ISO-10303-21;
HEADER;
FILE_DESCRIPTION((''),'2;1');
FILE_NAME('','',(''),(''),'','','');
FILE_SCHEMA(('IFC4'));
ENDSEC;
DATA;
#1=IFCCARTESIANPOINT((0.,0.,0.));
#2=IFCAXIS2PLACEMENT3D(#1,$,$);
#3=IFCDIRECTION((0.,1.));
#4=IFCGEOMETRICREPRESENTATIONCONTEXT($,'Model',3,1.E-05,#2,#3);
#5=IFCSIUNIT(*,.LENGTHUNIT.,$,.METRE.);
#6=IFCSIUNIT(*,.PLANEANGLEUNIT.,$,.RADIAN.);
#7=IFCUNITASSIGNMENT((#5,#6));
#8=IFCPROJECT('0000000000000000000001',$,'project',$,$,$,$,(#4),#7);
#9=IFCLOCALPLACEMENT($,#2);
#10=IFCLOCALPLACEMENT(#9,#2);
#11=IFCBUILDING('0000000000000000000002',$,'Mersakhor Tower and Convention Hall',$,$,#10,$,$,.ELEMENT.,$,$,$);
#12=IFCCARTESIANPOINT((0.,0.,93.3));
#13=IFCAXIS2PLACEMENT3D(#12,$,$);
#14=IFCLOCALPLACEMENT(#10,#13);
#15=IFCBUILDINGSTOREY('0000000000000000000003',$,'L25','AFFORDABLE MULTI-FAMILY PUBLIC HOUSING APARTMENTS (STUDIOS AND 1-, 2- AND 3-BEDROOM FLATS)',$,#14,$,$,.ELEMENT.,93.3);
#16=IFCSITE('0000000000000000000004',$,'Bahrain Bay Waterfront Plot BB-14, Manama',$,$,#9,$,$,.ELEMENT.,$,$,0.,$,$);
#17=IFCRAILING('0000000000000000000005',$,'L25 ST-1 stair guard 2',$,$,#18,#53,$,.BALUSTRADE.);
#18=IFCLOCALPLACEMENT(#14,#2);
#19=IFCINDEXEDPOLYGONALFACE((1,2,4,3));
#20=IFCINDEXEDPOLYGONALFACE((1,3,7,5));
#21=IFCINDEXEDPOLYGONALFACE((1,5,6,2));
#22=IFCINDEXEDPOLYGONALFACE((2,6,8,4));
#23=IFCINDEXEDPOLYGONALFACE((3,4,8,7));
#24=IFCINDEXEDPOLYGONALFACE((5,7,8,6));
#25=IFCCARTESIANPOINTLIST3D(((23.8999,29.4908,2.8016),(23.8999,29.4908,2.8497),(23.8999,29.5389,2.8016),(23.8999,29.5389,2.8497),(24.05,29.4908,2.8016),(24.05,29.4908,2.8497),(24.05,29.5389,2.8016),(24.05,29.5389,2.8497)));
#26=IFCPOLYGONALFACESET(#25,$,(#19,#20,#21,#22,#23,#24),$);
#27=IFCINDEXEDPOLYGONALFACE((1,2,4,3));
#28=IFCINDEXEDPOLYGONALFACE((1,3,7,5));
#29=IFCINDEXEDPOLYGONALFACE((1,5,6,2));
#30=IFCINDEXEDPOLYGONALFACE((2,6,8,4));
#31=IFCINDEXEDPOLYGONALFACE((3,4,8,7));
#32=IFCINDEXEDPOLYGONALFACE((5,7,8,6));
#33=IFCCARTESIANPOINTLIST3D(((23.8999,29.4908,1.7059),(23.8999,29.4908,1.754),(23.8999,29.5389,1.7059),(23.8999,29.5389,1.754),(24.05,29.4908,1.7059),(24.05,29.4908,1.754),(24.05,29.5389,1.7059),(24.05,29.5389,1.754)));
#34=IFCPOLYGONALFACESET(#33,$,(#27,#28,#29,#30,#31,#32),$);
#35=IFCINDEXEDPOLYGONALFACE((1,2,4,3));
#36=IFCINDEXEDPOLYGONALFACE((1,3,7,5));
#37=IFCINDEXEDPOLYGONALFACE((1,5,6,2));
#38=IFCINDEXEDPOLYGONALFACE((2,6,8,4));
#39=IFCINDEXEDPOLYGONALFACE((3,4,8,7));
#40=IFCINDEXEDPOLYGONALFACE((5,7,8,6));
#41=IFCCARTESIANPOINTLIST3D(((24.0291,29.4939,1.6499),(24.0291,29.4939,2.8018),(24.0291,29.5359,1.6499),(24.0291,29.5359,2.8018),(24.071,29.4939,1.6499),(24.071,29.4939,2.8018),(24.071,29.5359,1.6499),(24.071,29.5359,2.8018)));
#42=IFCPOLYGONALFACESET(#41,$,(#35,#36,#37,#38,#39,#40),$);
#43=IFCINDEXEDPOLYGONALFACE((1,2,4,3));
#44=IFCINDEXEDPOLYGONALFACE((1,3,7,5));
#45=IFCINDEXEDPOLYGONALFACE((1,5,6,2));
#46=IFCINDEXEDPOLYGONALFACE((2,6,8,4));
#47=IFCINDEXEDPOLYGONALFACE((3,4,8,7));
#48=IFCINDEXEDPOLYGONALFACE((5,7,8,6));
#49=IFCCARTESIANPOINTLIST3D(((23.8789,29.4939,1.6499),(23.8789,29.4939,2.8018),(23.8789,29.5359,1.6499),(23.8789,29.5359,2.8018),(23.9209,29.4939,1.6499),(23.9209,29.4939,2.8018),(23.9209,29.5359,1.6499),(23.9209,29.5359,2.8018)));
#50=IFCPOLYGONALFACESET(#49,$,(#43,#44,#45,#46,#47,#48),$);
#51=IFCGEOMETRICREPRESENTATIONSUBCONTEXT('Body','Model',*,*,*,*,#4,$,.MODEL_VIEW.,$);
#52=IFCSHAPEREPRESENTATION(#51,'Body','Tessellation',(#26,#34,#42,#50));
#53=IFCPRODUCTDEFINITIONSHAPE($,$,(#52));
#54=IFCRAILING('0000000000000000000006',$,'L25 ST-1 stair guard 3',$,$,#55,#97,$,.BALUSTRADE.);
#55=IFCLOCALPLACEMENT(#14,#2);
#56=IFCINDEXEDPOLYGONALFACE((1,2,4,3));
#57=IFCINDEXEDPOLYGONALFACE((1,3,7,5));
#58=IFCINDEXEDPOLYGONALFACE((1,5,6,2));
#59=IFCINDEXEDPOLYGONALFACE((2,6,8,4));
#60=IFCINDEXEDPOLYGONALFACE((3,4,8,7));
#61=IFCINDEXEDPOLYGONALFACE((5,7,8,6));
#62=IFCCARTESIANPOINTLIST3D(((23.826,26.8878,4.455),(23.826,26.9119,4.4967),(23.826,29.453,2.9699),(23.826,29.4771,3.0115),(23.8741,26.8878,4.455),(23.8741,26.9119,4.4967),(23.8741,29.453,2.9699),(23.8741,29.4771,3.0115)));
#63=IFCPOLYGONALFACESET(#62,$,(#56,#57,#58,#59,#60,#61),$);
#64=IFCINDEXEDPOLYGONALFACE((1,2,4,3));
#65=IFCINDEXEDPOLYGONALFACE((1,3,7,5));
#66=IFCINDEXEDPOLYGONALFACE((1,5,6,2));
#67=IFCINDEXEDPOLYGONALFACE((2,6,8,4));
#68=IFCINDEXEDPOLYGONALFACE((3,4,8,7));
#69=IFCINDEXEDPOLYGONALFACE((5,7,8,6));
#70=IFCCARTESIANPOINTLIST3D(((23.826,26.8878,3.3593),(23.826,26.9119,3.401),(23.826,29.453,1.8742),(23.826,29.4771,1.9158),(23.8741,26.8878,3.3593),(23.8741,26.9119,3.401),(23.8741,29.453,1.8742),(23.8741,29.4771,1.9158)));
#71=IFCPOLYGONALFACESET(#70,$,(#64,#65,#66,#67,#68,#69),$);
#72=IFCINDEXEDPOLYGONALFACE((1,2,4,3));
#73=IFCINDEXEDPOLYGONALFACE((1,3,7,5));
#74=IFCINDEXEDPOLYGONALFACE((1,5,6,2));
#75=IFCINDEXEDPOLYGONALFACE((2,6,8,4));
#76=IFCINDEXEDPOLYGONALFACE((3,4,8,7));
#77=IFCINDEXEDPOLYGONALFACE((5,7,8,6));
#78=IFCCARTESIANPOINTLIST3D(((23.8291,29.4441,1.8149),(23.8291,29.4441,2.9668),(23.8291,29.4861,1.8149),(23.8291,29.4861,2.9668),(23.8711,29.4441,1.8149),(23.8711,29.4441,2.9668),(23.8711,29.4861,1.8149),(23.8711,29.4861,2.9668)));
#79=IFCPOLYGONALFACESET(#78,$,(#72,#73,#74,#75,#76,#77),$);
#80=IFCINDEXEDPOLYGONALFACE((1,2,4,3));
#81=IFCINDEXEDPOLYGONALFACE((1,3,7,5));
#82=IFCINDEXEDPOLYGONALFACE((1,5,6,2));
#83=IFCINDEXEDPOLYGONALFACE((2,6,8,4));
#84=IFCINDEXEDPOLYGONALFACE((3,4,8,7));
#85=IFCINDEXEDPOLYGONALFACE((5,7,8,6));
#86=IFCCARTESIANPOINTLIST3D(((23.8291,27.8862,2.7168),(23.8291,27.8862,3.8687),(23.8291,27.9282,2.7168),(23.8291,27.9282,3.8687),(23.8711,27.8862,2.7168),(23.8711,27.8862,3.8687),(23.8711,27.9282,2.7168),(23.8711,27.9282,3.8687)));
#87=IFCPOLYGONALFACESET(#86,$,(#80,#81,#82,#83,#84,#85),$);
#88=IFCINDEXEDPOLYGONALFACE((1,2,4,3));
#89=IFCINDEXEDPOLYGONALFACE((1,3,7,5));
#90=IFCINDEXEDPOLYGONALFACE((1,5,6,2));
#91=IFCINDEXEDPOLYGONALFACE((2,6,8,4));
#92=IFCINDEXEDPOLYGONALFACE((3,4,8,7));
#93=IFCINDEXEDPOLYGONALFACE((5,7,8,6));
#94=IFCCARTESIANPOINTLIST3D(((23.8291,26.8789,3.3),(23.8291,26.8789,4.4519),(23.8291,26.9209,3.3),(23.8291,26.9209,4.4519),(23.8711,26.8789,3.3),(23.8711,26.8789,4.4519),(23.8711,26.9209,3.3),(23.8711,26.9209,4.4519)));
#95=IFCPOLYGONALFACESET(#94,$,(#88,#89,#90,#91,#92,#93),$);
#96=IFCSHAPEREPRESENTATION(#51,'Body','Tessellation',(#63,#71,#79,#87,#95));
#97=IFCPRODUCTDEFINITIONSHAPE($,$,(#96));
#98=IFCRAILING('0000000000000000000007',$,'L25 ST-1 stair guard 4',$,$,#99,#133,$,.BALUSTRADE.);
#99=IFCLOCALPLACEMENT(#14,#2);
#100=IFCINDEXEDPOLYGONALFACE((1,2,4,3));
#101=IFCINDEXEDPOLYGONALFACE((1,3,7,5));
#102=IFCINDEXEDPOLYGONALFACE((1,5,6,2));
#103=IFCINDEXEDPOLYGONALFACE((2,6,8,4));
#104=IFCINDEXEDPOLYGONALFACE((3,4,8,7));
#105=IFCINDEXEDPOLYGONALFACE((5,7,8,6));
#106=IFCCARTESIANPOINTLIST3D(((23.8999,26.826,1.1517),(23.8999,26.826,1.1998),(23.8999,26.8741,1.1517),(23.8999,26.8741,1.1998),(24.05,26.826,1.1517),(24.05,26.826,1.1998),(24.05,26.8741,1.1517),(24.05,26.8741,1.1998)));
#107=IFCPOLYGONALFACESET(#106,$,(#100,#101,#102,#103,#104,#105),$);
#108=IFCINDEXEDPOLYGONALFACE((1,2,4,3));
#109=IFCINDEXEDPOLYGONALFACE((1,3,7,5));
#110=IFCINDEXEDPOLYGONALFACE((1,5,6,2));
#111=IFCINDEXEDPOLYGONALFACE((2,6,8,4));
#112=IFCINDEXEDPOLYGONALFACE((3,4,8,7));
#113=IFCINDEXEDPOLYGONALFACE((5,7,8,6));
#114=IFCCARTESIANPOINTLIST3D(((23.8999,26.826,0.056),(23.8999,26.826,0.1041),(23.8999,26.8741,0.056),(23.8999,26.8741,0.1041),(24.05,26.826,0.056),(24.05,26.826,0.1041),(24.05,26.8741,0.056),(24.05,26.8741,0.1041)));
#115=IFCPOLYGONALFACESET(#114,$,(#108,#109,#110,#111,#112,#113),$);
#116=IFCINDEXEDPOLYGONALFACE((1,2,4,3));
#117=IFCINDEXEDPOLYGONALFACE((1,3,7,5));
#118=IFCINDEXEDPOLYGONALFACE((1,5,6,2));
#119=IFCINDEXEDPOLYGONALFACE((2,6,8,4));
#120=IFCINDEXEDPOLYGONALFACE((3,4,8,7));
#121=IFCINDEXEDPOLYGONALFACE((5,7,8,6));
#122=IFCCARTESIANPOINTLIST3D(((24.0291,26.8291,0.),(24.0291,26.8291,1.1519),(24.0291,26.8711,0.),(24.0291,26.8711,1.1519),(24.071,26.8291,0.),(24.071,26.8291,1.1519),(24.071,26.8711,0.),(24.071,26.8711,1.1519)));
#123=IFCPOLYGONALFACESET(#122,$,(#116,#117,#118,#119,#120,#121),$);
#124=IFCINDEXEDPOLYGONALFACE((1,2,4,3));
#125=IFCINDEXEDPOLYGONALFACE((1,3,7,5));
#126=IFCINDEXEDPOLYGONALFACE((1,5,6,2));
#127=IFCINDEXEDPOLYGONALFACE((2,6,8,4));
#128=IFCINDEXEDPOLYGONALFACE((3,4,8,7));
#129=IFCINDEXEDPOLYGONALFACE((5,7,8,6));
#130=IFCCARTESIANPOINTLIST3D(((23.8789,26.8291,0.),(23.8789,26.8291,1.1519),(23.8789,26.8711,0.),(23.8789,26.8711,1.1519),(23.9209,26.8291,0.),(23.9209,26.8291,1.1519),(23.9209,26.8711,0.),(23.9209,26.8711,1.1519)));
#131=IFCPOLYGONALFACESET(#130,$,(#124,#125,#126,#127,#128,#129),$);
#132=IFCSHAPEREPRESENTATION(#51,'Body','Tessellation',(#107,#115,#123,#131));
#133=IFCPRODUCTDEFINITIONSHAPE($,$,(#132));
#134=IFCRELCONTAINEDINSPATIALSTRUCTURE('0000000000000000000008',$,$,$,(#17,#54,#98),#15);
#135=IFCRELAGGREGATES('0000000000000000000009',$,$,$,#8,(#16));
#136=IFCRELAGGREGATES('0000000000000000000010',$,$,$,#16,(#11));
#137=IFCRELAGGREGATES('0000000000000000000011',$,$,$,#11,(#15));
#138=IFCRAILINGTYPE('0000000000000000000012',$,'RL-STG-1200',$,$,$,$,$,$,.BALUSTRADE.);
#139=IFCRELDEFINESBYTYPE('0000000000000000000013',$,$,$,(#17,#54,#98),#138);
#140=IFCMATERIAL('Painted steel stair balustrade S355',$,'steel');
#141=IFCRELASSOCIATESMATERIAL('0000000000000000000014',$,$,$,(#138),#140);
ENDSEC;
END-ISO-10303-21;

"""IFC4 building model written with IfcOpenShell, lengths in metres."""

from ifc_helpers import new_model, si_unit, direction, frame, origin, origin_2d, place, context, subcontext, project, spatial, rectangle, extrude, material, type_object, element, save


model = new_model("IFC4")

# Units and contexts
model_context = context("Model", 3, precision=1e-05, world=origin(), true_north=direction((0.0, 1.0)))
body_context = subcontext(model_context, "Body", "Model", "MODEL_VIEW")
ifc_project = project(units=[si_unit("LENGTHUNIT", "METRE"), si_unit("PLANEANGLEUNIT", "RADIAN")], contexts=[model_context])

# Site, building, storey
site_placement = place(None, origin())
site = spatial("IfcSite", under=ifc_project, at=site_placement, Name="Bahrain Bay Waterfront Plot BB-14, Manama", CompositionType="ELEMENT", RefElevation=0.0)
building_placement = place(site_placement, origin())
building = spatial("IfcBuilding", under=site, at=building_placement, Name="Mersakhor Tower and Convention Hall", CompositionType="ELEMENT")
storey_placement = place(building_placement, frame((0.0, 0.0, 93.3)))
storey = spatial("IfcBuildingStorey", under=building, at=storey_placement, Name="L25", Description="AFFORDABLE MULTI-FAMILY PUBLIC HOUSING APARTMENTS (STUDIOS AND 1-, 2- AND 3-BEDROOM FLATS)", CompositionType="ELEMENT", Elevation=93.3)

# Railings
ifc_material_1 = material(Name="Painted steel stair balustrade S355", Category="steel")
railing_type_1 = type_object("IfcRailingType", Name="RL-STG-1200", PredefinedType="BALUSTRADE", material=ifc_material_1)
railing_1_placement = place(storey_placement, frame((24.05, 29.5149, 1.6499)))
element("IfcRailing", 1, at=railing_1_placement, inside=storey, type_object=railing_type_1, Name="L25 ST-1 stair guard 2", PredefinedType="BALUSTRADE", context=body_context, shape_type="SweptSolid", body=[
    extrude(rectangle(XDim=0.0481, YDim=0.0481, at=origin_2d()), frame((0.0, 0.0, 1.1758), z_axis=(-1.0, 0.0, 0.0), x_axis=(0.0, -1.0, 0.0)), (0.0, 0.0, 1.0), 0.1501),
    extrude(rectangle(XDim=0.0481, YDim=0.0481, at=origin_2d()), frame((0.0, 0.0, 0.0801), z_axis=(-1.0, 0.0, 0.0), x_axis=(0.0, -1.0, 0.0)), (0.0, 0.0, 1.0), 0.1501),
    extrude(rectangle(XDim=0.042, YDim=0.042, at=origin_2d()), origin(), (0.0, 0.0, 1.0), 1.1519),
    extrude(rectangle(XDim=0.042, YDim=0.042, at=origin_2d()), frame((-0.1501, 0.0, 0.0)), (0.0, 0.0, 1.0), 1.1519),
])
railing_2_placement = place(storey_placement, frame((23.8501, 29.4651, 1.8149)))
element("IfcRailing", 2, at=railing_2_placement, inside=storey, type_object=railing_type_1, Name="L25 ST-1 stair guard 3", PredefinedType="BALUSTRADE", context=body_context, shape_type="SweptSolid", body=[
    extrude(rectangle(XDim=0.0481, YDim=0.0481, at=origin_2d()), frame((0.0, 0.0, 1.1758), z_axis=(0.0, -0.865426, 0.501036), x_axis=(1.0, 0.0, 0.0)), (0.0, 0.0, 1.0), 2.9641),
    extrude(rectangle(XDim=0.0481, YDim=0.0481, at=origin_2d()), frame((0.0, 0.0, 0.0801), z_axis=(0.0, -0.865426, 0.501036), x_axis=(1.0, 0.0, 0.0)), (0.0, 0.0, 1.0), 2.9641),
    extrude(rectangle(XDim=0.042, YDim=0.042, at=origin_2d()), origin(), (0.0, 0.0, 1.0), 1.1519),
    extrude(rectangle(XDim=0.042, YDim=0.042, at=origin_2d()), frame((0.0, -1.5579, 0.9019)), (0.0, 0.0, 1.0), 1.1519),
    extrude(rectangle(XDim=0.042, YDim=0.042, at=origin_2d()), frame((0.0, -2.5652, 1.4851)), (0.0, 0.0, 1.0), 1.1519),
])
railing_3_placement = place(storey_placement, frame((24.05, 26.8501, 0.0)))
element("IfcRailing", 3, at=railing_3_placement, inside=storey, type_object=railing_type_1, Name="L25 ST-1 stair guard 4", PredefinedType="BALUSTRADE", context=body_context, shape_type="SweptSolid", body=[
    extrude(rectangle(XDim=0.0481, YDim=0.0481, at=origin_2d()), frame((0.0, 0.0, 1.1758), z_axis=(-1.0, 0.0, 0.0), x_axis=(0.0, -1.0, 0.0)), (0.0, 0.0, 1.0), 0.1501),
    extrude(rectangle(XDim=0.0481, YDim=0.0481, at=origin_2d()), frame((0.0, 0.0, 0.0801), z_axis=(-1.0, 0.0, 0.0), x_axis=(0.0, -1.0, 0.0)), (0.0, 0.0, 1.0), 0.1501),
    extrude(rectangle(XDim=0.042, YDim=0.042, at=origin_2d()), origin(), (0.0, 0.0, 1.0), 1.1519),
    extrude(rectangle(XDim=0.042, YDim=0.042, at=origin_2d()), frame((-0.1501, 0.0, 0.0)), (0.0, 0.0, 1.0), 1.1519),
])

save(model, "model.ifc")
